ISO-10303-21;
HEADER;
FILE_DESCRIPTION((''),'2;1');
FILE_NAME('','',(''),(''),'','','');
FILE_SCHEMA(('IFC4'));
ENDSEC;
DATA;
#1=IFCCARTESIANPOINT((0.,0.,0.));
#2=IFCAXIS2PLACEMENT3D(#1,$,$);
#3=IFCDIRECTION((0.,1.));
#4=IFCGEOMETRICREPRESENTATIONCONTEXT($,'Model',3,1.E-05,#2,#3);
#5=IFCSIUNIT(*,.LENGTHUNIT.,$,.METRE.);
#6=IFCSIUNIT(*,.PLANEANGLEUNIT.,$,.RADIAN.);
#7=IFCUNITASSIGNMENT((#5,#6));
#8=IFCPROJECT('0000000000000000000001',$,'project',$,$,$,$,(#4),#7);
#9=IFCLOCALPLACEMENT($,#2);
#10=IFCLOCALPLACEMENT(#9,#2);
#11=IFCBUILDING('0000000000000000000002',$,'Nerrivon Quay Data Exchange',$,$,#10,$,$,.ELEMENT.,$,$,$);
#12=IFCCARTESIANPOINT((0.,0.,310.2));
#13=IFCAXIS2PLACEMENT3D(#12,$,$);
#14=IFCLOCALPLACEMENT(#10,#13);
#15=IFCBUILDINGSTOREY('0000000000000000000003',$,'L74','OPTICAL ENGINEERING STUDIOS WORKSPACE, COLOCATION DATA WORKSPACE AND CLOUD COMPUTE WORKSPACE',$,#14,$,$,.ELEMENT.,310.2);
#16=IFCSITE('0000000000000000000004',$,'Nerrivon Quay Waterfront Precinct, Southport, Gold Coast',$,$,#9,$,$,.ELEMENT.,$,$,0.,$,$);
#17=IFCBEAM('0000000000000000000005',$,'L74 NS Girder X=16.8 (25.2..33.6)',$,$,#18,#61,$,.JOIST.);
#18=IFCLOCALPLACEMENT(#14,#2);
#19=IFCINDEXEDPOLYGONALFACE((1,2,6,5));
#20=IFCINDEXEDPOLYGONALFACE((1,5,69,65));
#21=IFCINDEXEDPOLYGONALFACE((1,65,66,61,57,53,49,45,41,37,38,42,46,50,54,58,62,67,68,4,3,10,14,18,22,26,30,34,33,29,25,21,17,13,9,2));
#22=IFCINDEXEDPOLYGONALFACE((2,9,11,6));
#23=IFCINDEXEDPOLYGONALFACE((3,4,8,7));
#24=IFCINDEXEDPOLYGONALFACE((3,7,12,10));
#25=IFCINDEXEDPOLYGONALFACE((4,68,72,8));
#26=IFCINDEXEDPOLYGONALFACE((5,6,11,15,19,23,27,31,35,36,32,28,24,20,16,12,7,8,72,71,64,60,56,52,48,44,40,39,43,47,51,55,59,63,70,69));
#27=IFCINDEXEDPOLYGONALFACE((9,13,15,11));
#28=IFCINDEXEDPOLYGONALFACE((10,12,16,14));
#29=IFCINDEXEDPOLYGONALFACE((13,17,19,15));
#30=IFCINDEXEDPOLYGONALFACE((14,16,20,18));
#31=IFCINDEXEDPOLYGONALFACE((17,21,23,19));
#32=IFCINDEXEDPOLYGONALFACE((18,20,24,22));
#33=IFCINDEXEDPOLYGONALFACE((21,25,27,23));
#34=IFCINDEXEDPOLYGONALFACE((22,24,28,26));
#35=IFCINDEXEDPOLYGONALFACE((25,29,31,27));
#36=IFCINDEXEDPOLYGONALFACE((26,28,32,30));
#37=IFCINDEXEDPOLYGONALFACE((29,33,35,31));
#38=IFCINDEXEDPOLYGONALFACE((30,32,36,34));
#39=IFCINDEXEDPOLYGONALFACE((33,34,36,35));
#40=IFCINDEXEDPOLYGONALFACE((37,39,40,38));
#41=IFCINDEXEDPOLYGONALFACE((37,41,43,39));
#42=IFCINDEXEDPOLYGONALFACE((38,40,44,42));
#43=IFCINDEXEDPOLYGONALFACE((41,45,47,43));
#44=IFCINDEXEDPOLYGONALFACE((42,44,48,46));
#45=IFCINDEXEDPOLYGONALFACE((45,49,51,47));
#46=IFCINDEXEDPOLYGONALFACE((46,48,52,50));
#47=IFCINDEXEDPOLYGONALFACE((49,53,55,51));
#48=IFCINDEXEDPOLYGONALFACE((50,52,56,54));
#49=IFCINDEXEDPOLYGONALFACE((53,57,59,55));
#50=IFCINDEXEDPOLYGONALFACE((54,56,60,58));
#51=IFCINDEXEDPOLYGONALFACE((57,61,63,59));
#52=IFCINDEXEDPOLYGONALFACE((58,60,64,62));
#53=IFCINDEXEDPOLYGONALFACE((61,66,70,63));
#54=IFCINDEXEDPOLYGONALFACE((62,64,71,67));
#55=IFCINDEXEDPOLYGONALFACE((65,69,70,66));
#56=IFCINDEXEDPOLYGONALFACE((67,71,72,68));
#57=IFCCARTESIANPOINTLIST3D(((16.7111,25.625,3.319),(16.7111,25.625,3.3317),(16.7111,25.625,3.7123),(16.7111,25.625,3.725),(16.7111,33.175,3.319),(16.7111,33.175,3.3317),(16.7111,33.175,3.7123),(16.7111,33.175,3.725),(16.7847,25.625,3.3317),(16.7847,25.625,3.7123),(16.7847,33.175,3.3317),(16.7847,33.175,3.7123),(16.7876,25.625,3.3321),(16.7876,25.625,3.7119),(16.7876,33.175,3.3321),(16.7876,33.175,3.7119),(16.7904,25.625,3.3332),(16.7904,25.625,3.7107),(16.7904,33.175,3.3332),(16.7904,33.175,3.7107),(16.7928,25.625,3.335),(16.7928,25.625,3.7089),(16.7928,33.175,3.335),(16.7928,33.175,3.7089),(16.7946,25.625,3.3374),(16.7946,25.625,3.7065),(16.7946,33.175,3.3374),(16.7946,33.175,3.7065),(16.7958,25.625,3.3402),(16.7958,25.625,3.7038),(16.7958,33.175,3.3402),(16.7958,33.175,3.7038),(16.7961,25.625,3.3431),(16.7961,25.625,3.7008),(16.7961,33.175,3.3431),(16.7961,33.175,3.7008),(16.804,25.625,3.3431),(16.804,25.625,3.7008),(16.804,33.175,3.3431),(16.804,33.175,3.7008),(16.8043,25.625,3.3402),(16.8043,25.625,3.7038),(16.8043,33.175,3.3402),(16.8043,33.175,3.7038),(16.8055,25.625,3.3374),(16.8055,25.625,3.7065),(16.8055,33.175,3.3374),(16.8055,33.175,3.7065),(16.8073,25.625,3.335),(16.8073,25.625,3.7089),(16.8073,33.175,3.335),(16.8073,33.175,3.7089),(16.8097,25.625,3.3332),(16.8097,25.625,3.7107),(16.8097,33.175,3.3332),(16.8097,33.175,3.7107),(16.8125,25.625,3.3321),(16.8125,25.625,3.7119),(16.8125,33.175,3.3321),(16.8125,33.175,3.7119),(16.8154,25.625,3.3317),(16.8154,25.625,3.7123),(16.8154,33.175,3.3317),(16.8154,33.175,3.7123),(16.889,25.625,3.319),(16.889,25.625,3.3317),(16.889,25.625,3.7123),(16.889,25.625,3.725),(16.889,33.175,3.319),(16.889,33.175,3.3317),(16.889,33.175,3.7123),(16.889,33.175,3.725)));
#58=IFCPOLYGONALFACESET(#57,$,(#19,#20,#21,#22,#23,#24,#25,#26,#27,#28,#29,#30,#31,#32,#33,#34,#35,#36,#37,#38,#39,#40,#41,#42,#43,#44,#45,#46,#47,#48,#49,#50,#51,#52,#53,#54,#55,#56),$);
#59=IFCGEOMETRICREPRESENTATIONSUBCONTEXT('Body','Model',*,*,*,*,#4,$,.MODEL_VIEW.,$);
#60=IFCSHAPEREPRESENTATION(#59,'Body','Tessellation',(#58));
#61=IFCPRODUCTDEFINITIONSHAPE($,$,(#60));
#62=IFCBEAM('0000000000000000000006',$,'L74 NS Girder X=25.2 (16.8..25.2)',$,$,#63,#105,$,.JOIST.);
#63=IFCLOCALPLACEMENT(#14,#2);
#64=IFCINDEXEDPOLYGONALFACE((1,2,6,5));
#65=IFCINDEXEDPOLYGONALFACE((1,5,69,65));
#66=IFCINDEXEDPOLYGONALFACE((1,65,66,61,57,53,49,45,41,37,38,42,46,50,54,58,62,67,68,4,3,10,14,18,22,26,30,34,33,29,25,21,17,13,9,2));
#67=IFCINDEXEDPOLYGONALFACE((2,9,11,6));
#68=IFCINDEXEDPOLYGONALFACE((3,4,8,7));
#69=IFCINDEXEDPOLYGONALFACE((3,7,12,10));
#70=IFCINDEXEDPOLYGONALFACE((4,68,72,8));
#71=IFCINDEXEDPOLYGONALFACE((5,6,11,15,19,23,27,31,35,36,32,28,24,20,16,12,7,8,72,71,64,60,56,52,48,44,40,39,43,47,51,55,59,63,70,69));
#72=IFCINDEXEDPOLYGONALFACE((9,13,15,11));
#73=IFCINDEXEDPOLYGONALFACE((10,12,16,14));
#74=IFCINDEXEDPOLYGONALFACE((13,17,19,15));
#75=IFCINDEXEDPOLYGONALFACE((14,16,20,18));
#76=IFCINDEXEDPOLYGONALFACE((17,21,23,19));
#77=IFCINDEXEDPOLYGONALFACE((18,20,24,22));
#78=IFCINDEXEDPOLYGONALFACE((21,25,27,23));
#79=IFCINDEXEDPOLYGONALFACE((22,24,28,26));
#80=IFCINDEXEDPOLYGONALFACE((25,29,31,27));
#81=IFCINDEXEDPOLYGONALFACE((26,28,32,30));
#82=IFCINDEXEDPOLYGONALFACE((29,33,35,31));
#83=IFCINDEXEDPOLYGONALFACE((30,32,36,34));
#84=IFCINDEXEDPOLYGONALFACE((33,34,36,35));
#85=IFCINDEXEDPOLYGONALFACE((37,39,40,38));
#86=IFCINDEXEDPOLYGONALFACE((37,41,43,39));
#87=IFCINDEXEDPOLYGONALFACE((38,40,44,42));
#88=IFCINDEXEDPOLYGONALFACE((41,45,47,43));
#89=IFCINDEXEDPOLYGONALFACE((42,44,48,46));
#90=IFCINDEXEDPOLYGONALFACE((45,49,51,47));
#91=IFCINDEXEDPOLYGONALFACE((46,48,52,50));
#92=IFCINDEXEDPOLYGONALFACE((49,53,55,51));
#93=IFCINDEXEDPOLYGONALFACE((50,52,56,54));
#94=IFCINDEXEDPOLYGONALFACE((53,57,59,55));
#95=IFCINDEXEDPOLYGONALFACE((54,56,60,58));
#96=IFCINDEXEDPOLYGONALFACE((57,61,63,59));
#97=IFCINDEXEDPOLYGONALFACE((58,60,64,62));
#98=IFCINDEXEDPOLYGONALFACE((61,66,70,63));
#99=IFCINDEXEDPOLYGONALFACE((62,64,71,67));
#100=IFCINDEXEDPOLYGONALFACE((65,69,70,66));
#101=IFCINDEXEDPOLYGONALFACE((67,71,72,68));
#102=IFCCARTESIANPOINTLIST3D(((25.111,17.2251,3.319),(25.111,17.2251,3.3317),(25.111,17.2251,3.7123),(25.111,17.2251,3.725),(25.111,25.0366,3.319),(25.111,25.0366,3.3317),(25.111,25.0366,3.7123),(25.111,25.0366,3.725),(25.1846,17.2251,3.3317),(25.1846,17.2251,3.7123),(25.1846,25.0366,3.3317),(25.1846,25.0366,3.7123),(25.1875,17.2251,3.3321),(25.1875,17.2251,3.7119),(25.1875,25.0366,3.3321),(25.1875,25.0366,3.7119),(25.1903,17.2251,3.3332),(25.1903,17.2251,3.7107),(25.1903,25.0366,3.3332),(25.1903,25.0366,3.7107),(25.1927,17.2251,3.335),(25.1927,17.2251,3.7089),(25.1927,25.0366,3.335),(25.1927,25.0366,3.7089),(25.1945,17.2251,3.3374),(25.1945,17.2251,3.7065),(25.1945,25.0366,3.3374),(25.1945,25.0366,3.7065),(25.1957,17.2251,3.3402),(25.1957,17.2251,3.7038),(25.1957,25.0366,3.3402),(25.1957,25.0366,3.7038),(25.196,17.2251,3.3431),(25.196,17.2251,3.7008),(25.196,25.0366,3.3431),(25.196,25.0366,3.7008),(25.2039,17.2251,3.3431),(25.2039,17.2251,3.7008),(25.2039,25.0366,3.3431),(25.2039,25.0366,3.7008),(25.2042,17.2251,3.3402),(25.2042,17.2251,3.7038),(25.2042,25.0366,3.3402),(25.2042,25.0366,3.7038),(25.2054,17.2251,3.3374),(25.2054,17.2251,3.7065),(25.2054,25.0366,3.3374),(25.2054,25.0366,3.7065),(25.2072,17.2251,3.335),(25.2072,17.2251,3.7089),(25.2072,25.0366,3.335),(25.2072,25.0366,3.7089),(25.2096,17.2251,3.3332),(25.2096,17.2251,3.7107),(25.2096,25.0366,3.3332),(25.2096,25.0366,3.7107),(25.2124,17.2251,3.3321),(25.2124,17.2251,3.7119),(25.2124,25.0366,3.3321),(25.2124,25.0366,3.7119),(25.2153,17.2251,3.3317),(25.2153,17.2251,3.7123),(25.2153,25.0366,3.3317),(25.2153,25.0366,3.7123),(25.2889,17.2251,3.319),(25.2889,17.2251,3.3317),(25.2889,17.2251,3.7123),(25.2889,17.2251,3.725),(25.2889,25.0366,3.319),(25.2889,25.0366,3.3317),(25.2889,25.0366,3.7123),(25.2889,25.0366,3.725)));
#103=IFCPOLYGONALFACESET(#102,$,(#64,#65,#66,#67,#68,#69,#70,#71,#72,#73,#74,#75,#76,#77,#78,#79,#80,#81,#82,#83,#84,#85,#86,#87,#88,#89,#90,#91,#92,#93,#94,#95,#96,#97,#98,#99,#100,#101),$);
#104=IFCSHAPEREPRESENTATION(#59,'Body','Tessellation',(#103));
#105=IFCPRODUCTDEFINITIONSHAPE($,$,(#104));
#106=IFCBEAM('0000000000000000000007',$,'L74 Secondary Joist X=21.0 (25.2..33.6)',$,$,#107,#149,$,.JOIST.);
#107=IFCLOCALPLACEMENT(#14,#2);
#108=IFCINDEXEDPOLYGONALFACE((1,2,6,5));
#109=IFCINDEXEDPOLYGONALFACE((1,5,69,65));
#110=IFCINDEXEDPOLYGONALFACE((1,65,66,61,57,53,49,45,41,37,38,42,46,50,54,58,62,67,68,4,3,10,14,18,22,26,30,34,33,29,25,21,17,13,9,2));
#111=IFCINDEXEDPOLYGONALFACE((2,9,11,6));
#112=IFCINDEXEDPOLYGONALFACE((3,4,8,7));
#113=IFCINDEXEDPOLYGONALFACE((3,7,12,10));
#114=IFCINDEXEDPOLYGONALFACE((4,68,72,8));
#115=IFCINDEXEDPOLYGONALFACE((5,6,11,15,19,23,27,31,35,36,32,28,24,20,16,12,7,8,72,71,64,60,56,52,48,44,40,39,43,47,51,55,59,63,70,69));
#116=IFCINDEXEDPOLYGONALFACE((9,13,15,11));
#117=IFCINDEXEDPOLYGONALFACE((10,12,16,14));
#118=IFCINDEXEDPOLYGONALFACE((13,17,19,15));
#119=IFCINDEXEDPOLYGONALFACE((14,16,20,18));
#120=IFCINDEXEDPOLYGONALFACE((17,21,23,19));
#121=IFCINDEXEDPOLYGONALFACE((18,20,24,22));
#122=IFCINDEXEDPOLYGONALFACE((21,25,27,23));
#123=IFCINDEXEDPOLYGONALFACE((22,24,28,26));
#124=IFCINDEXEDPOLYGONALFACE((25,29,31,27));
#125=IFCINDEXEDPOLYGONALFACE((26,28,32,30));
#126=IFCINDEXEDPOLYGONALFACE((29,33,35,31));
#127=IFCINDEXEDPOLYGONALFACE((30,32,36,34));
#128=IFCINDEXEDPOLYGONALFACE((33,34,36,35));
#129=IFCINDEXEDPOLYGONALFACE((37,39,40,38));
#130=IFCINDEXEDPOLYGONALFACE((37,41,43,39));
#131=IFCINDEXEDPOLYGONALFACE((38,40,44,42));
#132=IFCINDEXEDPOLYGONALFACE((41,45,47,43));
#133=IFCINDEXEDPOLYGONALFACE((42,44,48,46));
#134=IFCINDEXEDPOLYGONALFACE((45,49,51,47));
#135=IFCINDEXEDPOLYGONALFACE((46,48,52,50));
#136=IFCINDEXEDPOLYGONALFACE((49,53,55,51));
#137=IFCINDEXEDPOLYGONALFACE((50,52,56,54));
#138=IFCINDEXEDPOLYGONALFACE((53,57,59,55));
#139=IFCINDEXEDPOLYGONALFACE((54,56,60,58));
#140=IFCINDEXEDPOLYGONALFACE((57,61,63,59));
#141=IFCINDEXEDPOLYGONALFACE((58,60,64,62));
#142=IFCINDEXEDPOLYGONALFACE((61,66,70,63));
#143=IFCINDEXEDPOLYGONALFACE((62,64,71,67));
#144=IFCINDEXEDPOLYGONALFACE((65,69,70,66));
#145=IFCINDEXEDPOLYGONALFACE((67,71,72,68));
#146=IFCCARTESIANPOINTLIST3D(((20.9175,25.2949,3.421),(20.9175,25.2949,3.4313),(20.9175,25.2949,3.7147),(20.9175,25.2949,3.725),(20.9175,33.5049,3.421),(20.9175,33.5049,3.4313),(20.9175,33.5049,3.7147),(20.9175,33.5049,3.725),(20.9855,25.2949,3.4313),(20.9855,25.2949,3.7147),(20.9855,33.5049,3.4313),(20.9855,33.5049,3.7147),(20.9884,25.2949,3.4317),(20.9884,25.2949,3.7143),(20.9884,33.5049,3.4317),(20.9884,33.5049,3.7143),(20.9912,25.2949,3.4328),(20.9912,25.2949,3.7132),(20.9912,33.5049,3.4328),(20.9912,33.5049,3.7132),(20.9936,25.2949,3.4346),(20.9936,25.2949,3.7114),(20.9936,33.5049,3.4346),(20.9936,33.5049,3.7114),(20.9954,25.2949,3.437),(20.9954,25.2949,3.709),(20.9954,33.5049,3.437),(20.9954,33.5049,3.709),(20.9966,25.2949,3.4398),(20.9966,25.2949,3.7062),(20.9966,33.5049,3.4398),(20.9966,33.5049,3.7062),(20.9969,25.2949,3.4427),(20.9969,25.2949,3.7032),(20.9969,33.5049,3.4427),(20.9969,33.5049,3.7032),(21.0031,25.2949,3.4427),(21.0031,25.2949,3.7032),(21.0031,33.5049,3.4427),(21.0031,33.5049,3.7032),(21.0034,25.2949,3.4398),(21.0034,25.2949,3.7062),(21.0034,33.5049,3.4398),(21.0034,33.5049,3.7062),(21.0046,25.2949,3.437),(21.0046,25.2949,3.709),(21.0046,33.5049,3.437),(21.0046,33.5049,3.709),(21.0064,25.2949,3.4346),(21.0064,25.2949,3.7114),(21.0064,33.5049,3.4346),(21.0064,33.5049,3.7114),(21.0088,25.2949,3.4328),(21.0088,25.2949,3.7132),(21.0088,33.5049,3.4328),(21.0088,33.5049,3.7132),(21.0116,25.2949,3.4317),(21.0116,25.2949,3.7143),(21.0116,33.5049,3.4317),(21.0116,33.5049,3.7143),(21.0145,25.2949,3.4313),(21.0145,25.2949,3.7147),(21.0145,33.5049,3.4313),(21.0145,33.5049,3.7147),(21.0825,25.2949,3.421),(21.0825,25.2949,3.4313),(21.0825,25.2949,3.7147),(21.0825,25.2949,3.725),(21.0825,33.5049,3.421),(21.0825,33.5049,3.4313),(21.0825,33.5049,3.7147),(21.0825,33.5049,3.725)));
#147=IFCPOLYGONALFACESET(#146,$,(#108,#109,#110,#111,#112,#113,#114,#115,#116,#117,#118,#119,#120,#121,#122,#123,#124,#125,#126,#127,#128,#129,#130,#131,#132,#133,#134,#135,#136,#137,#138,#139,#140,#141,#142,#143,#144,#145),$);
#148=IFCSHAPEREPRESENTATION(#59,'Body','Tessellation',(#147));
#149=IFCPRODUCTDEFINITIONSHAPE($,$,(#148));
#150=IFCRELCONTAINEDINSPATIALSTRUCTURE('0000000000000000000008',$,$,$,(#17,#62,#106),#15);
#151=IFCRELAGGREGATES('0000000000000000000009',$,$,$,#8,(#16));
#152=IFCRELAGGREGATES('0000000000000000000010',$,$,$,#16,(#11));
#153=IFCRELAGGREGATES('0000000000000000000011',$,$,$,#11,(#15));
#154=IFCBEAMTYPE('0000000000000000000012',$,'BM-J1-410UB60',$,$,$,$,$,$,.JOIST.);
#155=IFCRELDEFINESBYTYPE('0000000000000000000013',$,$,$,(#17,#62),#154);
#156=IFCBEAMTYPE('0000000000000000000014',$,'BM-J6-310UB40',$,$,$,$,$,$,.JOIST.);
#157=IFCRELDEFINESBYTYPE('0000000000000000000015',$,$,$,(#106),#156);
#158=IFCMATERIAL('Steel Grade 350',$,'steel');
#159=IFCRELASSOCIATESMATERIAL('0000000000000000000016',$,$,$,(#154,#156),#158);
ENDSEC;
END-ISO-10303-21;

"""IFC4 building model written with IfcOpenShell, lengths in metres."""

from ifc_helpers import new_model, si_unit, direction, frame, origin, origin_2d, place, context, subcontext, project, spatial, i_section, extrude, material, material_profile, profile_set, type_object, element, save


model = new_model("IFC4")

# Units and contexts
model_context = context("Model", 3, precision=1e-05, world=origin(), true_north=direction((0.0, 1.0)))
body_context = subcontext(model_context, "Body", "Model", "MODEL_VIEW")
ifc_project = project(units=[si_unit("LENGTHUNIT", "METRE"), si_unit("PLANEANGLEUNIT", "RADIAN")], contexts=[model_context])

# Site, building, storey
site_placement = place(None, origin())
site = spatial("IfcSite", under=ifc_project, at=site_placement, Name="Nerrivon Quay Waterfront Precinct, Southport, Gold Coast", CompositionType="ELEMENT", RefElevation=0.0)
building_placement = place(site_placement, origin())
building = spatial("IfcBuilding", under=site, at=building_placement, Name="Nerrivon Quay Data Exchange", CompositionType="ELEMENT")
storey_placement = place(building_placement, frame((0.0, 0.0, 310.2)))
storey = spatial("IfcBuildingStorey", under=building, at=storey_placement, Name="L74", Description="OPTICAL ENGINEERING STUDIOS WORKSPACE, COLOCATION DATA WORKSPACE AND CLOUD COMPUTE WORKSPACE", CompositionType="ELEMENT", Elevation=310.2)

# Shared definitions
ifc_material_1 = material(Name="Steel Grade 350", Category="steel")

# Beams
ifc_material_profile_1 = material_profile(ifc_material_1, i_section(OverallWidth=0.178, OverallDepth=0.406, WebThickness=0.0078, FlangeThickness=0.0127, FilletRadius=0.0115, at=origin_2d()), Name="410UB59.7")
ifc_profile_set_1 = profile_set([ifc_material_profile_1], Name="Steel Grade 350")
beam_type_1 = type_object("IfcBeamType", Name="BM-J1-410UB60", PredefinedType="JOIST", material=ifc_profile_set_1)
beam_1_placement = place(storey_placement, frame((16.8, 25.625, 3.522), z_axis=(0.0, 1.0, 0.0), x_axis=(-1.0, 0.0, 0.0)))
element("IfcBeam", 1, at=beam_1_placement, inside=storey, type_object=beam_type_1, Name="L74 NS Girder X=16.8 (25.2..33.6)", PredefinedType="JOIST", context=body_context, shape_type="SweptSolid", body=[
    extrude(i_section(OverallWidth=0.178, OverallDepth=0.406, WebThickness=0.0078, FlangeThickness=0.0127, FilletRadius=0.0115, at=origin_2d()), origin(), (0.0, 0.0, 1.0), 7.55),
])
beam_2_placement = place(storey_placement, frame((25.2, 17.2251, 3.522), z_axis=(0.0, 1.0, 0.0), x_axis=(-1.0, 0.0, 0.0)))
element("IfcBeam", 2, at=beam_2_placement, inside=storey, type_object=beam_type_1, Name="L74 NS Girder X=25.2 (16.8..25.2)", PredefinedType="JOIST", context=body_context, shape_type="SweptSolid", body=[
    extrude(i_section(OverallWidth=0.178, OverallDepth=0.406, WebThickness=0.0078, FlangeThickness=0.0127, FilletRadius=0.0115, at=origin_2d()), origin(), (0.0, 0.0, 1.0), 7.8115),
])
ifc_material_profile_2 = material_profile(ifc_material_1, i_section(OverallWidth=0.165, OverallDepth=0.304, WebThickness=0.0061, FlangeThickness=0.0103, FilletRadius=0.0115, at=origin_2d()), Name="310UB40.4")
ifc_profile_set_2 = profile_set([ifc_material_profile_2], Name="Steel Grade 350")
beam_type_2 = type_object("IfcBeamType", Name="BM-J6-310UB40", PredefinedType="JOIST", material=ifc_profile_set_2)
beam_3_placement = place(storey_placement, frame((21.0, 25.2949, 3.573), z_axis=(0.0, 1.0, 0.0), x_axis=(-1.0, 0.0, 0.0)))
element("IfcBeam", 3, at=beam_3_placement, inside=storey, type_object=beam_type_2, Name="L74 Secondary Joist X=21.0 (25.2..33.6)", PredefinedType="JOIST", context=body_context, shape_type="SweptSolid", body=[
    extrude(i_section(OverallWidth=0.165, OverallDepth=0.304, WebThickness=0.0061, FlangeThickness=0.0103, FilletRadius=0.0115, at=origin_2d()), origin(), (0.0, 0.0, 1.0), 8.21),
])

save(model, "model.ifc")
